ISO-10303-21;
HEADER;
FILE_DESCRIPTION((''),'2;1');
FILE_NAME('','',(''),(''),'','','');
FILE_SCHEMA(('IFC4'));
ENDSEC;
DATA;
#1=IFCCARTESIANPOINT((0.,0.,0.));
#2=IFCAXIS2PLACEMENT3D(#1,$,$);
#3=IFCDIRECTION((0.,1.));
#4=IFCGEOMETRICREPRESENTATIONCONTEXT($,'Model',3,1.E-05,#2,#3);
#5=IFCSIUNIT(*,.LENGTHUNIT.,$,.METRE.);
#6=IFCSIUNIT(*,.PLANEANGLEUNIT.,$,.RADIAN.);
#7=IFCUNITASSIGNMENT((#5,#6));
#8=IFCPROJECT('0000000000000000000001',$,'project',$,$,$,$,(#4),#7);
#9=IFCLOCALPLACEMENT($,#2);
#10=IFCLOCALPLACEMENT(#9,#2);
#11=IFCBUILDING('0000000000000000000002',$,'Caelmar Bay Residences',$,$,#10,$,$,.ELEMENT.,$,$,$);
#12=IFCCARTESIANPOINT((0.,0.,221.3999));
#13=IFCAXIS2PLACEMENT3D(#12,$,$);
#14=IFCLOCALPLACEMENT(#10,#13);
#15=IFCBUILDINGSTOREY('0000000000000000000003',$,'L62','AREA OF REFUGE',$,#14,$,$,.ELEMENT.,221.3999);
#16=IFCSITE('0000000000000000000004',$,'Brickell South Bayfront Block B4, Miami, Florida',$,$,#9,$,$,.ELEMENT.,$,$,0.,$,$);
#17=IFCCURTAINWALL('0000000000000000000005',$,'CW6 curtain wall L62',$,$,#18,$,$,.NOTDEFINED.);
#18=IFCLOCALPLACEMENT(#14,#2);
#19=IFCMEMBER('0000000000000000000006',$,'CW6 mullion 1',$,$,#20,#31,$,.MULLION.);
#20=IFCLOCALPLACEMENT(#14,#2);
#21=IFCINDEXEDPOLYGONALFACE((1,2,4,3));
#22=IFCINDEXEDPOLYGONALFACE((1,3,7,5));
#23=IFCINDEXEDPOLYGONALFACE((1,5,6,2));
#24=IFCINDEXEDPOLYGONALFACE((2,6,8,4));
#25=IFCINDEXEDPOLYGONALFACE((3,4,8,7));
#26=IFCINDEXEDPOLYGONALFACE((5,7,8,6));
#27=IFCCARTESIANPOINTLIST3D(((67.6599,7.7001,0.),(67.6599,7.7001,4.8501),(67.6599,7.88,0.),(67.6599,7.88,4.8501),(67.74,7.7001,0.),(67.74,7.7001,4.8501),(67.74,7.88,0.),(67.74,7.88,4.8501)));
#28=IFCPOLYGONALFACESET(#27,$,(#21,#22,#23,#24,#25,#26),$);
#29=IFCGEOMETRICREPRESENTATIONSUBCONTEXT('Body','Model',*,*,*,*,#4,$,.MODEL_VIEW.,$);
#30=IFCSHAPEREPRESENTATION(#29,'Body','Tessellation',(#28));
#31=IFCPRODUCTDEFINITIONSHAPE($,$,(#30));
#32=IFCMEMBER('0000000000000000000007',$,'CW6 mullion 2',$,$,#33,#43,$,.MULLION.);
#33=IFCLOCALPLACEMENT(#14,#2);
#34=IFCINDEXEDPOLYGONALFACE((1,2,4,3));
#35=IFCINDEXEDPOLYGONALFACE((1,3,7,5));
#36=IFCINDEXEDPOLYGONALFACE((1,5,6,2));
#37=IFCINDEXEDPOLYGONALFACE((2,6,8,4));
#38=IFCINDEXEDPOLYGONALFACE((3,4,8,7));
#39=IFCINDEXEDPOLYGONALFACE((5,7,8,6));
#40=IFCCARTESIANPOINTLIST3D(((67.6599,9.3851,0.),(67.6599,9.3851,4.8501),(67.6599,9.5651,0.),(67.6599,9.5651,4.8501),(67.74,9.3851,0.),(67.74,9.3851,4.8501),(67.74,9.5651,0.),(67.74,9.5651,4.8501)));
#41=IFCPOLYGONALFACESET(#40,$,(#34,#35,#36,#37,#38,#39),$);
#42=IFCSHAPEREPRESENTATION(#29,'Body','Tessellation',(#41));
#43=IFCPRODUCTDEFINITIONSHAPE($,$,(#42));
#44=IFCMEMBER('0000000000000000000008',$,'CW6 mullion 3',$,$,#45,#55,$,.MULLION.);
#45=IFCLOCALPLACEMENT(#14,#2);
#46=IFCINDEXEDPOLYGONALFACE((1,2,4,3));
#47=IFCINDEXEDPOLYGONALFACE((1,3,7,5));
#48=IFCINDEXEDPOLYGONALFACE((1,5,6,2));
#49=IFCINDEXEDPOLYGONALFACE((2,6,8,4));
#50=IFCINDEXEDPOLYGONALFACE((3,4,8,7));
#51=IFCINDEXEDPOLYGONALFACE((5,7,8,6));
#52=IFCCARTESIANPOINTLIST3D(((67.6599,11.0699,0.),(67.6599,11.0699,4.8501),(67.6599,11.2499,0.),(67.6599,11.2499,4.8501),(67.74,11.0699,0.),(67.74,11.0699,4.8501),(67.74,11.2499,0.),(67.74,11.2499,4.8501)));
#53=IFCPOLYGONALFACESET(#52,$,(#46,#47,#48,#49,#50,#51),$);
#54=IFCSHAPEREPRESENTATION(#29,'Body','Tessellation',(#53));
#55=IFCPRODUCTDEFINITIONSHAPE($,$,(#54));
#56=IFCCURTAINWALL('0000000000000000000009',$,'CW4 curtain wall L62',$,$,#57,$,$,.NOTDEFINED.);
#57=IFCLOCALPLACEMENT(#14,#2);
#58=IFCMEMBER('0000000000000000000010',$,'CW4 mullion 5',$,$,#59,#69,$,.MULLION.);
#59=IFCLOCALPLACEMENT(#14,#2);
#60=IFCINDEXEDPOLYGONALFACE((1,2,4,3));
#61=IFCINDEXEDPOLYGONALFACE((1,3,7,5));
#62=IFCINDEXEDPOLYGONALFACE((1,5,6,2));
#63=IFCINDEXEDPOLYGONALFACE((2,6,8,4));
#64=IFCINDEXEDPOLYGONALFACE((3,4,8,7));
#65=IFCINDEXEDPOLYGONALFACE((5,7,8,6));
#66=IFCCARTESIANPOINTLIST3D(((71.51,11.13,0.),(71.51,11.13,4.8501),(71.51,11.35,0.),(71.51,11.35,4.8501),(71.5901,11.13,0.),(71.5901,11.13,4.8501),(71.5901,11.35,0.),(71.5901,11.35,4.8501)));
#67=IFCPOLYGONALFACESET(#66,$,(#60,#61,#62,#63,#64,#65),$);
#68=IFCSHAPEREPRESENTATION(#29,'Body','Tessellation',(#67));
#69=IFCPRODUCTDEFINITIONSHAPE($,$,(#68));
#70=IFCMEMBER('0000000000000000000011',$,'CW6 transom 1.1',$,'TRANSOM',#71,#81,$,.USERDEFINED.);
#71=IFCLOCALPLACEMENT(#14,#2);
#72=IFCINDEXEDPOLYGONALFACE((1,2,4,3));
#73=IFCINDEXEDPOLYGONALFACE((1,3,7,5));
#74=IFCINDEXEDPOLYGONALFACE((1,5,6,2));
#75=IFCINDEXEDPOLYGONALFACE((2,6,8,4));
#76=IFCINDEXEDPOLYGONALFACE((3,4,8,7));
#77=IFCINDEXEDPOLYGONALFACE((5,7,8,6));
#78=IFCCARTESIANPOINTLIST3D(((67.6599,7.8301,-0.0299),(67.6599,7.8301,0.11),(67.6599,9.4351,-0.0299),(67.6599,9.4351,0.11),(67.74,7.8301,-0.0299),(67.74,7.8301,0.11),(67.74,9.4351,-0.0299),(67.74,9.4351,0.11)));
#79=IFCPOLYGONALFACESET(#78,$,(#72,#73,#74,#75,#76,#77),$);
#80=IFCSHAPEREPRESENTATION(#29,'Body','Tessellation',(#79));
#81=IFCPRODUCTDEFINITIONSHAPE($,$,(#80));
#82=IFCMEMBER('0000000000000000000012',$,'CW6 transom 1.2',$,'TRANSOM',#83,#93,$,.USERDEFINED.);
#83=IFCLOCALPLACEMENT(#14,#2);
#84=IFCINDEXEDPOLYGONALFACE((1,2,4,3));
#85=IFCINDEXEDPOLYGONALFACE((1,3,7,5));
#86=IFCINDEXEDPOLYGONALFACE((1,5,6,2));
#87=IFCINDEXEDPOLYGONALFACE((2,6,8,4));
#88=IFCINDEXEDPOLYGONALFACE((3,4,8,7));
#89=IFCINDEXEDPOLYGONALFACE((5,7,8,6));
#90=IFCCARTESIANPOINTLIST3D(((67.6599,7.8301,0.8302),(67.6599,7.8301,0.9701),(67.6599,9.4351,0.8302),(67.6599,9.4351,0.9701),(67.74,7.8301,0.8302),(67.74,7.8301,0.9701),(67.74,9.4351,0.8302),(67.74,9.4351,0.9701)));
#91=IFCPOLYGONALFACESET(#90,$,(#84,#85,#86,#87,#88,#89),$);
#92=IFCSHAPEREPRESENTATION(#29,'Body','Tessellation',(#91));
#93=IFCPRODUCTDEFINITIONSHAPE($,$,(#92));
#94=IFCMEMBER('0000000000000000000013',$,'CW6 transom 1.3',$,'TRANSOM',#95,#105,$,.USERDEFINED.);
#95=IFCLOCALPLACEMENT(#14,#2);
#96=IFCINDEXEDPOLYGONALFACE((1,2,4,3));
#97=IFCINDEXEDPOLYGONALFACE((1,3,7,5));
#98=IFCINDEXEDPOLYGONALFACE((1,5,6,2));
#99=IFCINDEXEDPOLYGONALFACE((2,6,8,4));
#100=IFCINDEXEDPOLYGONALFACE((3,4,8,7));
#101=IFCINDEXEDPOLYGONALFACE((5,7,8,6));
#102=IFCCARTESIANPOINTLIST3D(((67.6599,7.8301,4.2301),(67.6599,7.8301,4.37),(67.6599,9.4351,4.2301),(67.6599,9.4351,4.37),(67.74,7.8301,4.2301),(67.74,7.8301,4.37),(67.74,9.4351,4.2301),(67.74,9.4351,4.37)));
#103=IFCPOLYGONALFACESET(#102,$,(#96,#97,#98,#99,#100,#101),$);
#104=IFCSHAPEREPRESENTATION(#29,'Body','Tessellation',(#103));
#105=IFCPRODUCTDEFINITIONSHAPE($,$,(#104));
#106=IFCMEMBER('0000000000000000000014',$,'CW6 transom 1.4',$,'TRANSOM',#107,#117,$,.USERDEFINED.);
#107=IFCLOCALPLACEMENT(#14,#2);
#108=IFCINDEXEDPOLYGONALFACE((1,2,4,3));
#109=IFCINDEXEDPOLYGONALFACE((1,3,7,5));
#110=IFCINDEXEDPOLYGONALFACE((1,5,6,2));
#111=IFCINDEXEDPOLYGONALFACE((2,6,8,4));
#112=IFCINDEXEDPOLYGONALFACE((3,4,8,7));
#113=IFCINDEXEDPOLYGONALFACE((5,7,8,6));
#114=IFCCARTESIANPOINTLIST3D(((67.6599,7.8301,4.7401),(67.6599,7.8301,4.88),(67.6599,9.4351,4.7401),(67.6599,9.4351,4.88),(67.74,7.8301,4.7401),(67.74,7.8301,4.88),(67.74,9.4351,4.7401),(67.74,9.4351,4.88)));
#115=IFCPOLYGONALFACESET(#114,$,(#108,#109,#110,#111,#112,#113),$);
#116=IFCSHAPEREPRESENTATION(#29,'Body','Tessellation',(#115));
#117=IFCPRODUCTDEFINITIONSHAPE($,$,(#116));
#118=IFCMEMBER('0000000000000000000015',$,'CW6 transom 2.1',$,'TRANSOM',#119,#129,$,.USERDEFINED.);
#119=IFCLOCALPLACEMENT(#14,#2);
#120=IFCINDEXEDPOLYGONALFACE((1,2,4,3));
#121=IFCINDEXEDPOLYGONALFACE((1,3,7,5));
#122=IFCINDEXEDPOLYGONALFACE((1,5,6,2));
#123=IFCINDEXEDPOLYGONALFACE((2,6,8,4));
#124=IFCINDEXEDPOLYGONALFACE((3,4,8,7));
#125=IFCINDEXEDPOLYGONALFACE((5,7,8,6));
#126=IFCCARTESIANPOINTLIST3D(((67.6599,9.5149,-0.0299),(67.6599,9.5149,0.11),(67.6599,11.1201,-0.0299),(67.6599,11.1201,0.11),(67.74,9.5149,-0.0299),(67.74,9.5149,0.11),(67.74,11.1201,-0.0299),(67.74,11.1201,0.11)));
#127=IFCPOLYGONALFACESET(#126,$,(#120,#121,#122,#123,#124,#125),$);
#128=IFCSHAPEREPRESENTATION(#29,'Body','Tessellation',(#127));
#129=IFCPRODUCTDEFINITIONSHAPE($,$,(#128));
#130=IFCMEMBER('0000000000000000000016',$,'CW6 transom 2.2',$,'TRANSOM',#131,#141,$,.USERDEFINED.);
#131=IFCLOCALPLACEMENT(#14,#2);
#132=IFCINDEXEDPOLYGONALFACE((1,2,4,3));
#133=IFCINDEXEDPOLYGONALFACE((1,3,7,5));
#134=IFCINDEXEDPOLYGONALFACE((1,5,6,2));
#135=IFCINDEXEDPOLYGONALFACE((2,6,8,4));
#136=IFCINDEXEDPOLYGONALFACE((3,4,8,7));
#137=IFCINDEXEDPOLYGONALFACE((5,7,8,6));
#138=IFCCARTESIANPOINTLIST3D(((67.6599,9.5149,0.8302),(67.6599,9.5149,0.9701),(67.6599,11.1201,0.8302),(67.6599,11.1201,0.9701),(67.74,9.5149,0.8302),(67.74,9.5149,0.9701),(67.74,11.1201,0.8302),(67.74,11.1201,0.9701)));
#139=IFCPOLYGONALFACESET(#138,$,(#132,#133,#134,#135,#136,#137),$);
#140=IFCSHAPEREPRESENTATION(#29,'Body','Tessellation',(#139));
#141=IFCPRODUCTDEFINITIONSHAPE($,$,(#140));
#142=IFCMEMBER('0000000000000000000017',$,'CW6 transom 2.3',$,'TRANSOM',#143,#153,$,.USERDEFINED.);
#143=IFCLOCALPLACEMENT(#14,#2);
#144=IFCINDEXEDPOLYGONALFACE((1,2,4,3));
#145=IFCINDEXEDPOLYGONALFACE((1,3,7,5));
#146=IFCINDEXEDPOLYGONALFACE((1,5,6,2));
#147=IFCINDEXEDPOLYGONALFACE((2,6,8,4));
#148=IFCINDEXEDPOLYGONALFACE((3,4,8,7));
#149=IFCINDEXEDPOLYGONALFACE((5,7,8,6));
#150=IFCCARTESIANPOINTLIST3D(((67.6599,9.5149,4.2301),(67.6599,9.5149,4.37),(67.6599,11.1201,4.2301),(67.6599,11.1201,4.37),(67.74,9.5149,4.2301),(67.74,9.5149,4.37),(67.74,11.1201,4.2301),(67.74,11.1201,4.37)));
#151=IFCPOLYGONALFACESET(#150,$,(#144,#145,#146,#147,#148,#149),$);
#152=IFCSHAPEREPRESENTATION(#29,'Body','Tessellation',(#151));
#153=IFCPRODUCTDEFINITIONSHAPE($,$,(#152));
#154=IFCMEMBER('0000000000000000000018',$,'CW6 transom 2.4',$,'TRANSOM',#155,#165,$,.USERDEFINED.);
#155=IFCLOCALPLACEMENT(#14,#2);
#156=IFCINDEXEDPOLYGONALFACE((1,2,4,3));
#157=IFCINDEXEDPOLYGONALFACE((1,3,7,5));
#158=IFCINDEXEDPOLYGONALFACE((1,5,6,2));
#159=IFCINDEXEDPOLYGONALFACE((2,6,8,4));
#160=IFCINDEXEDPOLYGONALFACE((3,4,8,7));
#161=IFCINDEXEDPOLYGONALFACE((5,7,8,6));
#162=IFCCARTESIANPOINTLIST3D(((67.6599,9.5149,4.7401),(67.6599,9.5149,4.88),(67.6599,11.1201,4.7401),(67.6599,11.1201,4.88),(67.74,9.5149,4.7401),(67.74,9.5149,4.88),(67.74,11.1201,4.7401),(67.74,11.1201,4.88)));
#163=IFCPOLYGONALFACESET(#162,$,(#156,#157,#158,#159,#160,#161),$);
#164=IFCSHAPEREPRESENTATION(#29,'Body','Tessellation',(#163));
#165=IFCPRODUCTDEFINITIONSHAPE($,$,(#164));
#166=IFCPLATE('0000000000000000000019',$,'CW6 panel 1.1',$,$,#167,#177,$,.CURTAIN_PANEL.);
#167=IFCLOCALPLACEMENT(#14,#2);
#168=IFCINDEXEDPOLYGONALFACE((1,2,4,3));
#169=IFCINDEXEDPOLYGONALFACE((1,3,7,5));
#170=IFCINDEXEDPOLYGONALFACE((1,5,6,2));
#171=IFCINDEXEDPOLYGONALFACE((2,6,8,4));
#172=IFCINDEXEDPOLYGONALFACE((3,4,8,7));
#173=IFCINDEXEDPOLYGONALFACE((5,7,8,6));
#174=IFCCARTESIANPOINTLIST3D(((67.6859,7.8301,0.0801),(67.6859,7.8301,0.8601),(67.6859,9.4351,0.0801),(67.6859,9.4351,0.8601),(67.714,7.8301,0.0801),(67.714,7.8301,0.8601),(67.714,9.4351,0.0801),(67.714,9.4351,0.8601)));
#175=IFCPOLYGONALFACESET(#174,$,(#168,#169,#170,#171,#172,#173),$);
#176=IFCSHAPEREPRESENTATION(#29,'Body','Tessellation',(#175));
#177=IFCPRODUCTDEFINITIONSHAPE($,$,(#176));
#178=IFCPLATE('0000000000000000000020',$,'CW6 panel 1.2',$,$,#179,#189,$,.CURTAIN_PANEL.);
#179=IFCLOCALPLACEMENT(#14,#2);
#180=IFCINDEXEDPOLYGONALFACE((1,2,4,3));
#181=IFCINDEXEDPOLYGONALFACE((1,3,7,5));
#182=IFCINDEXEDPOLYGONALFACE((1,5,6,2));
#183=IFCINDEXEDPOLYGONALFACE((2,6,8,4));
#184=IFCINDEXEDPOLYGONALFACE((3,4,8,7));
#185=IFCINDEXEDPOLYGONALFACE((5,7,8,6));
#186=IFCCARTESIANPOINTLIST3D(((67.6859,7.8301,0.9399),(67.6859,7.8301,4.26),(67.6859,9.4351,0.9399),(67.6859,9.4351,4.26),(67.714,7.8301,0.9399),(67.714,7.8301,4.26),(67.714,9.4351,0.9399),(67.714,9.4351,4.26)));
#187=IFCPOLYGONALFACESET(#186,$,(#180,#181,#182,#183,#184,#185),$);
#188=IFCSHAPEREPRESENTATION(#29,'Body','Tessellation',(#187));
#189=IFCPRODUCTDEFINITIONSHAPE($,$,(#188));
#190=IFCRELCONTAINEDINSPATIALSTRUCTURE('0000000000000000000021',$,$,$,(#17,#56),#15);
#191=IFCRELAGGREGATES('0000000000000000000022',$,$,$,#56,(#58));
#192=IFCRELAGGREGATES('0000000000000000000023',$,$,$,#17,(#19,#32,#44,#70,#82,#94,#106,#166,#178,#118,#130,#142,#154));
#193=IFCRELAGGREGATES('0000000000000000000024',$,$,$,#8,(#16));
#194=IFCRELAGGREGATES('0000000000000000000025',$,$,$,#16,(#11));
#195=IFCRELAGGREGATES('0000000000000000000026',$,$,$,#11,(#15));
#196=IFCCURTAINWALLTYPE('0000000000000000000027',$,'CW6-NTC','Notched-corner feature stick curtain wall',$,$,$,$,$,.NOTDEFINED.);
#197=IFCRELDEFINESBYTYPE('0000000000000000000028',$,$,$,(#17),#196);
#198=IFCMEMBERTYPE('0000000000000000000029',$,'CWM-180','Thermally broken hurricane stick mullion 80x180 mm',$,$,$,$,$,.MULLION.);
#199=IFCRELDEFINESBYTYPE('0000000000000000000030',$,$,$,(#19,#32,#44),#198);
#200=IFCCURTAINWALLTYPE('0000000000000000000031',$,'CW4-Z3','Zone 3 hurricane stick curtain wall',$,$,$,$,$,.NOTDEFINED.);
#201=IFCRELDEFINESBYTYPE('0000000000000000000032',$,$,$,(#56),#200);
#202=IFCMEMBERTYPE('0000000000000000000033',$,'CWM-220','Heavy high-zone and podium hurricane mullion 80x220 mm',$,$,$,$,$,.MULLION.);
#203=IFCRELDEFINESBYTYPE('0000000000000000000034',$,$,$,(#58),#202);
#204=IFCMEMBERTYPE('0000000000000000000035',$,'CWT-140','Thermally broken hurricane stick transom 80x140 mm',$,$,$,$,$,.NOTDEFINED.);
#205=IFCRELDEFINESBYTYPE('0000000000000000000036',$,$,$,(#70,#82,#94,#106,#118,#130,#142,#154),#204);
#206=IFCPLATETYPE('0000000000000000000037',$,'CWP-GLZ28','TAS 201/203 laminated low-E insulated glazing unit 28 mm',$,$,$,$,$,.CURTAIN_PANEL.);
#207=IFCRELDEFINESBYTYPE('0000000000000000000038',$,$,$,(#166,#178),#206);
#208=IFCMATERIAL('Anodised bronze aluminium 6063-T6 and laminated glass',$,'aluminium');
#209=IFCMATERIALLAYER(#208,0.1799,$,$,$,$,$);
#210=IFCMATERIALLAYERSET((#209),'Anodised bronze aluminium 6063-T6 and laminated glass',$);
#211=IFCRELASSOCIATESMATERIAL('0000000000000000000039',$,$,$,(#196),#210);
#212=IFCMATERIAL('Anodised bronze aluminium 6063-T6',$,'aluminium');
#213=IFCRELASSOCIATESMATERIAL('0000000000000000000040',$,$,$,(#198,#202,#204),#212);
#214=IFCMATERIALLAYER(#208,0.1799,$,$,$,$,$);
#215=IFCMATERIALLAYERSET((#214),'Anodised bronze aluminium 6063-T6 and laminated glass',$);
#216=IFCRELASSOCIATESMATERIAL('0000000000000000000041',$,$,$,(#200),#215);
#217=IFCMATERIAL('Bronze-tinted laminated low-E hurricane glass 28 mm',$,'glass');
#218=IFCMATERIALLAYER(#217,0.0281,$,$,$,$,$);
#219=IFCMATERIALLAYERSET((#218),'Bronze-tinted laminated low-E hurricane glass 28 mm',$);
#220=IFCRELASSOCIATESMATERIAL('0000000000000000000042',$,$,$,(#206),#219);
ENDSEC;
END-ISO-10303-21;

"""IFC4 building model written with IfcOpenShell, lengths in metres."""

from ifc_helpers import new_model, si_unit, direction, frame, origin, origin_2d, place, context, subcontext, project, spatial, rectangle, extrude, material, layer, layer_set, material_profile, profile_set, type_object, element, aggregate, save


model = new_model("IFC4")

# Units and contexts
model_context = context("Model", 3, precision=1e-05, world=origin(), true_north=direction((0.0, 1.0)))
body_context = subcontext(model_context, "Body", "Model", "MODEL_VIEW")
ifc_project = project(units=[si_unit("LENGTHUNIT", "METRE"), si_unit("PLANEANGLEUNIT", "RADIAN")], contexts=[model_context])

# Site, building, storey
site_placement = place(None, origin())
site = spatial("IfcSite", under=ifc_project, at=site_placement, Name="Brickell South Bayfront Block B4, Miami, Florida", CompositionType="ELEMENT", RefElevation=0.0)
building_placement = place(site_placement, origin())
building = spatial("IfcBuilding", under=site, at=building_placement, Name="Caelmar Bay Residences", CompositionType="ELEMENT")
storey_placement = place(building_placement, frame((0.0, 0.0, 221.3999)))
storey = spatial("IfcBuildingStorey", under=building, at=storey_placement, Name="L62", Description="AREA OF REFUGE", CompositionType="ELEMENT", Elevation=221.3999)

# Curtain wall, members
ifc_material_1 = material(Name="Anodised bronze aluminium 6063-T6 and laminated glass", Category="aluminium")
ifc_layer_1 = layer(ifc_material_1, 0.1799)
ifc_layer_set_1 = layer_set([ifc_layer_1], Name="Anodised bronze aluminium 6063-T6 and laminated glass")
curtain_wall_type_1 = type_object("IfcCurtainWallType", Name="CW6-NTC", Description="Notched-corner feature stick curtain wall", PredefinedType="NOTDEFINED", material=ifc_layer_set_1)
curtain_wall_1_placement = place(storey_placement, origin())
curtain_wall_1 = element("IfcCurtainWall", 1, at=curtain_wall_1_placement, inside=storey, type_object=curtain_wall_type_1, Name="CW6 curtain wall L62", PredefinedType="NOTDEFINED")
ifc_material_2 = material(Name="Anodised bronze aluminium 6063-T6", Category="aluminium")
ifc_material_profile_1 = material_profile(ifc_material_2, rectangle(XDim=0.0801, YDim=0.1799, at=origin_2d()), Name="CWM-80X180")
ifc_profile_set_1 = profile_set([ifc_material_profile_1], Name="Anodised bronze aluminium 6063-T6")
member_type_1 = type_object("IfcMemberType", Name="CWM-180", Description="Thermally broken hurricane stick mullion 80x180 mm", PredefinedType="MULLION", material=ifc_profile_set_1)
member_1_placement = place(storey_placement, frame((67.7, 7.79, 0.0), z_axis=(0.0, 0.0, 1.0), x_axis=(-1.0, 0.0, 0.0)))
member_1 = element("IfcMember", 2, at=member_1_placement, type_object=member_type_1, Name="CW6 mullion 1", PredefinedType="MULLION", context=body_context, shape_type="SweptSolid", body=[
    extrude(rectangle(XDim=0.0801, YDim=0.1799, at=origin_2d()), origin(), (0.0, 0.0, 1.0), 4.8501),
])
member_2_placement = place(storey_placement, frame((67.7, 9.4751, 0.0), z_axis=(0.0, 0.0, 1.0), x_axis=(-1.0, 0.0, 0.0)))
member_2 = element("IfcMember", 3, at=member_2_placement, type_object=member_type_1, Name="CW6 mullion 2", PredefinedType="MULLION", context=body_context, shape_type="SweptSolid", body=[
    extrude(rectangle(XDim=0.0801, YDim=0.1799, at=origin_2d()), origin(), (0.0, 0.0, 1.0), 4.8501),
])
member_3_placement = place(storey_placement, frame((67.7, 11.1599, 0.0), z_axis=(0.0, 0.0, 1.0), x_axis=(-1.0, 0.0, 0.0)))
member_3 = element("IfcMember", 4, at=member_3_placement, type_object=member_type_1, Name="CW6 mullion 3", PredefinedType="MULLION", context=body_context, shape_type="SweptSolid", body=[
    extrude(rectangle(XDim=0.0801, YDim=0.1799, at=origin_2d()), origin(), (0.0, 0.0, 1.0), 4.8501),
])

# Curtain wall, member
ifc_layer_2 = layer(ifc_material_1, 0.1799)
ifc_layer_set_2 = layer_set([ifc_layer_2], Name="Anodised bronze aluminium 6063-T6 and laminated glass")
curtain_wall_type_2 = type_object("IfcCurtainWallType", Name="CW4-Z3", Description="Zone 3 hurricane stick curtain wall", PredefinedType="NOTDEFINED", material=ifc_layer_set_2)
curtain_wall_2_placement = place(storey_placement, origin())
curtain_wall_2 = element("IfcCurtainWall", 5, at=curtain_wall_2_placement, inside=storey, type_object=curtain_wall_type_2, Name="CW4 curtain wall L62", PredefinedType="NOTDEFINED")
ifc_material_profile_2 = material_profile(ifc_material_2, rectangle(XDim=0.0801, YDim=0.22, at=origin_2d()), Name="CWM-80X220")
ifc_profile_set_2 = profile_set([ifc_material_profile_2], Name="Anodised bronze aluminium 6063-T6")
member_type_2 = type_object("IfcMemberType", Name="CWM-220", Description="Heavy high-zone and podium hurricane mullion 80x220 mm", PredefinedType="MULLION", material=ifc_profile_set_2)
member_4_placement = place(storey_placement, frame((71.55, 11.24, 0.0), z_axis=(0.0, 0.0, 1.0), x_axis=(1.0, 0.0, 0.0)))
member_4 = element("IfcMember", 6, at=member_4_placement, type_object=member_type_2, Name="CW4 mullion 5", PredefinedType="MULLION", context=body_context, shape_type="SweptSolid", body=[
    extrude(rectangle(XDim=0.0801, YDim=0.22, at=origin_2d()), origin(), (0.0, 0.0, 1.0), 4.8501),
])
aggregate(curtain_wall_2, [member_4])

# Members
ifc_material_profile_3 = material_profile(ifc_material_2, rectangle(XDim=0.0801, YDim=0.1399, at=origin_2d()), Name="CWT-80X140")
ifc_profile_set_3 = profile_set([ifc_material_profile_3], Name="Anodised bronze aluminium 6063-T6")
member_type_3 = type_object("IfcMemberType", Name="CWT-140", Description="Thermally broken hurricane stick transom 80x140 mm", PredefinedType="NOTDEFINED", material=ifc_profile_set_3)
member_5_placement = place(storey_placement, frame((67.7, 7.8301, 0.04), z_axis=(0.0, 1.0, 0.0), x_axis=(-1.0, 0.0, 0.0)))
member_5 = element("IfcMember", 7, at=member_5_placement, type_object=member_type_3, Name="CW6 transom 1.1", ObjectType="TRANSOM", PredefinedType="USERDEFINED", context=body_context, shape_type="SweptSolid", body=[
    extrude(rectangle(XDim=0.0801, YDim=0.1399, at=origin_2d()), origin(), (0.0, 0.0, 1.0), 1.605),
])
member_6_placement = place(storey_placement, frame((67.7, 7.8301, 0.9001), z_axis=(0.0, 1.0, 0.0), x_axis=(-1.0, 0.0, 0.0)))
member_6 = element("IfcMember", 8, at=member_6_placement, type_object=member_type_3, Name="CW6 transom 1.2", ObjectType="TRANSOM", PredefinedType="USERDEFINED", context=body_context, shape_type="SweptSolid", body=[
    extrude(rectangle(XDim=0.0801, YDim=0.1399, at=origin_2d()), origin(), (0.0, 0.0, 1.0), 1.605),
])
member_7_placement = place(storey_placement, frame((67.7, 7.8301, 4.3), z_axis=(0.0, 1.0, 0.0), x_axis=(-1.0, 0.0, 0.0)))
member_7 = element("IfcMember", 9, at=member_7_placement, type_object=member_type_3, Name="CW6 transom 1.3", ObjectType="TRANSOM", PredefinedType="USERDEFINED", context=body_context, shape_type="SweptSolid", body=[
    extrude(rectangle(XDim=0.0801, YDim=0.1399, at=origin_2d()), origin(), (0.0, 0.0, 1.0), 1.605),
])
member_8_placement = place(storey_placement, frame((67.7, 7.8301, 4.8101), z_axis=(0.0, 1.0, 0.0), x_axis=(-1.0, 0.0, 0.0)))
member_8 = element("IfcMember", 10, at=member_8_placement, type_object=member_type_3, Name="CW6 transom 1.4", ObjectType="TRANSOM", PredefinedType="USERDEFINED", context=body_context, shape_type="SweptSolid", body=[
    extrude(rectangle(XDim=0.0801, YDim=0.1399, at=origin_2d()), origin(), (0.0, 0.0, 1.0), 1.605),
])
member_9_placement = place(storey_placement, frame((67.7, 9.5149, 0.04), z_axis=(0.0, 1.0, 0.0), x_axis=(-1.0, 0.0, 0.0)))
member_9 = element("IfcMember", 11, at=member_9_placement, type_object=member_type_3, Name="CW6 transom 2.1", ObjectType="TRANSOM", PredefinedType="USERDEFINED", context=body_context, shape_type="SweptSolid", body=[
    extrude(rectangle(XDim=0.0801, YDim=0.1399, at=origin_2d()), origin(), (0.0, 0.0, 1.0), 1.6052),
])
member_10_placement = place(storey_placement, frame((67.7, 9.5149, 0.9001), z_axis=(0.0, 1.0, 0.0), x_axis=(-1.0, 0.0, 0.0)))
member_10 = element("IfcMember", 12, at=member_10_placement, type_object=member_type_3, Name="CW6 transom 2.2", ObjectType="TRANSOM", PredefinedType="USERDEFINED", context=body_context, shape_type="SweptSolid", body=[
    extrude(rectangle(XDim=0.0801, YDim=0.1399, at=origin_2d()), origin(), (0.0, 0.0, 1.0), 1.6052),
])
member_11_placement = place(storey_placement, frame((67.7, 9.5149, 4.3), z_axis=(0.0, 1.0, 0.0), x_axis=(-1.0, 0.0, 0.0)))
member_11 = element("IfcMember", 13, at=member_11_placement, type_object=member_type_3, Name="CW6 transom 2.3", ObjectType="TRANSOM", PredefinedType="USERDEFINED", context=body_context, shape_type="SweptSolid", body=[
    extrude(rectangle(XDim=0.0801, YDim=0.1399, at=origin_2d()), origin(), (0.0, 0.0, 1.0), 1.6052),
])
member_12_placement = place(storey_placement, frame((67.7, 9.5149, 4.8101), z_axis=(0.0, 1.0, 0.0), x_axis=(-1.0, 0.0, 0.0)))
member_12 = element("IfcMember", 14, at=member_12_placement, type_object=member_type_3, Name="CW6 transom 2.4", ObjectType="TRANSOM", PredefinedType="USERDEFINED", context=body_context, shape_type="SweptSolid", body=[
    extrude(rectangle(XDim=0.0801, YDim=0.1399, at=origin_2d()), origin(), (0.0, 0.0, 1.0), 1.6052),
])

# Plates
ifc_material_3 = material(Name="Bronze-tinted laminated low-E hurricane glass 28 mm", Category="glass")
ifc_layer_3 = layer(ifc_material_3, 0.0281)
ifc_layer_set_3 = layer_set([ifc_layer_3], Name="Bronze-tinted laminated low-E hurricane glass 28 mm")
plate_type = type_object("IfcPlateType", Name="CWP-GLZ28", Description="TAS 201/203 laminated low-E insulated glazing unit 28 mm", PredefinedType="CURTAIN_PANEL", material=ifc_layer_set_3)
plate_1_placement = place(storey_placement, frame((67.7, 8.6326, 0.0801), z_axis=(0.0, 0.0, 1.0), x_axis=(0.0, 1.0, 0.0)))
plate_1 = element("IfcPlate", 15, at=plate_1_placement, type_object=plate_type, Name="CW6 panel 1.1", PredefinedType="CURTAIN_PANEL", context=body_context, shape_type="SweptSolid", body=[
    extrude(rectangle(XDim=1.605, YDim=0.0281, at=origin_2d()), origin(), (0.0, 0.0, 1.0), 0.78),
])
plate_2_placement = place(storey_placement, frame((67.7, 8.6326, 0.9399), z_axis=(0.0, 0.0, 1.0), x_axis=(0.0, 1.0, 0.0)))
plate_2 = element("IfcPlate", 16, at=plate_2_placement, type_object=plate_type, Name="CW6 panel 1.2", PredefinedType="CURTAIN_PANEL", context=body_context, shape_type="SweptSolid", body=[
    extrude(rectangle(XDim=1.605, YDim=0.0281, at=origin_2d()), origin(), (0.0, 0.0, 1.0), 3.3201),
])
aggregate(curtain_wall_1, [member_1, member_2, member_3, member_5, member_6, member_7, member_8, plate_1, plate_2, member_9, member_10, member_11, member_12])

save(model, "model.ifc")
